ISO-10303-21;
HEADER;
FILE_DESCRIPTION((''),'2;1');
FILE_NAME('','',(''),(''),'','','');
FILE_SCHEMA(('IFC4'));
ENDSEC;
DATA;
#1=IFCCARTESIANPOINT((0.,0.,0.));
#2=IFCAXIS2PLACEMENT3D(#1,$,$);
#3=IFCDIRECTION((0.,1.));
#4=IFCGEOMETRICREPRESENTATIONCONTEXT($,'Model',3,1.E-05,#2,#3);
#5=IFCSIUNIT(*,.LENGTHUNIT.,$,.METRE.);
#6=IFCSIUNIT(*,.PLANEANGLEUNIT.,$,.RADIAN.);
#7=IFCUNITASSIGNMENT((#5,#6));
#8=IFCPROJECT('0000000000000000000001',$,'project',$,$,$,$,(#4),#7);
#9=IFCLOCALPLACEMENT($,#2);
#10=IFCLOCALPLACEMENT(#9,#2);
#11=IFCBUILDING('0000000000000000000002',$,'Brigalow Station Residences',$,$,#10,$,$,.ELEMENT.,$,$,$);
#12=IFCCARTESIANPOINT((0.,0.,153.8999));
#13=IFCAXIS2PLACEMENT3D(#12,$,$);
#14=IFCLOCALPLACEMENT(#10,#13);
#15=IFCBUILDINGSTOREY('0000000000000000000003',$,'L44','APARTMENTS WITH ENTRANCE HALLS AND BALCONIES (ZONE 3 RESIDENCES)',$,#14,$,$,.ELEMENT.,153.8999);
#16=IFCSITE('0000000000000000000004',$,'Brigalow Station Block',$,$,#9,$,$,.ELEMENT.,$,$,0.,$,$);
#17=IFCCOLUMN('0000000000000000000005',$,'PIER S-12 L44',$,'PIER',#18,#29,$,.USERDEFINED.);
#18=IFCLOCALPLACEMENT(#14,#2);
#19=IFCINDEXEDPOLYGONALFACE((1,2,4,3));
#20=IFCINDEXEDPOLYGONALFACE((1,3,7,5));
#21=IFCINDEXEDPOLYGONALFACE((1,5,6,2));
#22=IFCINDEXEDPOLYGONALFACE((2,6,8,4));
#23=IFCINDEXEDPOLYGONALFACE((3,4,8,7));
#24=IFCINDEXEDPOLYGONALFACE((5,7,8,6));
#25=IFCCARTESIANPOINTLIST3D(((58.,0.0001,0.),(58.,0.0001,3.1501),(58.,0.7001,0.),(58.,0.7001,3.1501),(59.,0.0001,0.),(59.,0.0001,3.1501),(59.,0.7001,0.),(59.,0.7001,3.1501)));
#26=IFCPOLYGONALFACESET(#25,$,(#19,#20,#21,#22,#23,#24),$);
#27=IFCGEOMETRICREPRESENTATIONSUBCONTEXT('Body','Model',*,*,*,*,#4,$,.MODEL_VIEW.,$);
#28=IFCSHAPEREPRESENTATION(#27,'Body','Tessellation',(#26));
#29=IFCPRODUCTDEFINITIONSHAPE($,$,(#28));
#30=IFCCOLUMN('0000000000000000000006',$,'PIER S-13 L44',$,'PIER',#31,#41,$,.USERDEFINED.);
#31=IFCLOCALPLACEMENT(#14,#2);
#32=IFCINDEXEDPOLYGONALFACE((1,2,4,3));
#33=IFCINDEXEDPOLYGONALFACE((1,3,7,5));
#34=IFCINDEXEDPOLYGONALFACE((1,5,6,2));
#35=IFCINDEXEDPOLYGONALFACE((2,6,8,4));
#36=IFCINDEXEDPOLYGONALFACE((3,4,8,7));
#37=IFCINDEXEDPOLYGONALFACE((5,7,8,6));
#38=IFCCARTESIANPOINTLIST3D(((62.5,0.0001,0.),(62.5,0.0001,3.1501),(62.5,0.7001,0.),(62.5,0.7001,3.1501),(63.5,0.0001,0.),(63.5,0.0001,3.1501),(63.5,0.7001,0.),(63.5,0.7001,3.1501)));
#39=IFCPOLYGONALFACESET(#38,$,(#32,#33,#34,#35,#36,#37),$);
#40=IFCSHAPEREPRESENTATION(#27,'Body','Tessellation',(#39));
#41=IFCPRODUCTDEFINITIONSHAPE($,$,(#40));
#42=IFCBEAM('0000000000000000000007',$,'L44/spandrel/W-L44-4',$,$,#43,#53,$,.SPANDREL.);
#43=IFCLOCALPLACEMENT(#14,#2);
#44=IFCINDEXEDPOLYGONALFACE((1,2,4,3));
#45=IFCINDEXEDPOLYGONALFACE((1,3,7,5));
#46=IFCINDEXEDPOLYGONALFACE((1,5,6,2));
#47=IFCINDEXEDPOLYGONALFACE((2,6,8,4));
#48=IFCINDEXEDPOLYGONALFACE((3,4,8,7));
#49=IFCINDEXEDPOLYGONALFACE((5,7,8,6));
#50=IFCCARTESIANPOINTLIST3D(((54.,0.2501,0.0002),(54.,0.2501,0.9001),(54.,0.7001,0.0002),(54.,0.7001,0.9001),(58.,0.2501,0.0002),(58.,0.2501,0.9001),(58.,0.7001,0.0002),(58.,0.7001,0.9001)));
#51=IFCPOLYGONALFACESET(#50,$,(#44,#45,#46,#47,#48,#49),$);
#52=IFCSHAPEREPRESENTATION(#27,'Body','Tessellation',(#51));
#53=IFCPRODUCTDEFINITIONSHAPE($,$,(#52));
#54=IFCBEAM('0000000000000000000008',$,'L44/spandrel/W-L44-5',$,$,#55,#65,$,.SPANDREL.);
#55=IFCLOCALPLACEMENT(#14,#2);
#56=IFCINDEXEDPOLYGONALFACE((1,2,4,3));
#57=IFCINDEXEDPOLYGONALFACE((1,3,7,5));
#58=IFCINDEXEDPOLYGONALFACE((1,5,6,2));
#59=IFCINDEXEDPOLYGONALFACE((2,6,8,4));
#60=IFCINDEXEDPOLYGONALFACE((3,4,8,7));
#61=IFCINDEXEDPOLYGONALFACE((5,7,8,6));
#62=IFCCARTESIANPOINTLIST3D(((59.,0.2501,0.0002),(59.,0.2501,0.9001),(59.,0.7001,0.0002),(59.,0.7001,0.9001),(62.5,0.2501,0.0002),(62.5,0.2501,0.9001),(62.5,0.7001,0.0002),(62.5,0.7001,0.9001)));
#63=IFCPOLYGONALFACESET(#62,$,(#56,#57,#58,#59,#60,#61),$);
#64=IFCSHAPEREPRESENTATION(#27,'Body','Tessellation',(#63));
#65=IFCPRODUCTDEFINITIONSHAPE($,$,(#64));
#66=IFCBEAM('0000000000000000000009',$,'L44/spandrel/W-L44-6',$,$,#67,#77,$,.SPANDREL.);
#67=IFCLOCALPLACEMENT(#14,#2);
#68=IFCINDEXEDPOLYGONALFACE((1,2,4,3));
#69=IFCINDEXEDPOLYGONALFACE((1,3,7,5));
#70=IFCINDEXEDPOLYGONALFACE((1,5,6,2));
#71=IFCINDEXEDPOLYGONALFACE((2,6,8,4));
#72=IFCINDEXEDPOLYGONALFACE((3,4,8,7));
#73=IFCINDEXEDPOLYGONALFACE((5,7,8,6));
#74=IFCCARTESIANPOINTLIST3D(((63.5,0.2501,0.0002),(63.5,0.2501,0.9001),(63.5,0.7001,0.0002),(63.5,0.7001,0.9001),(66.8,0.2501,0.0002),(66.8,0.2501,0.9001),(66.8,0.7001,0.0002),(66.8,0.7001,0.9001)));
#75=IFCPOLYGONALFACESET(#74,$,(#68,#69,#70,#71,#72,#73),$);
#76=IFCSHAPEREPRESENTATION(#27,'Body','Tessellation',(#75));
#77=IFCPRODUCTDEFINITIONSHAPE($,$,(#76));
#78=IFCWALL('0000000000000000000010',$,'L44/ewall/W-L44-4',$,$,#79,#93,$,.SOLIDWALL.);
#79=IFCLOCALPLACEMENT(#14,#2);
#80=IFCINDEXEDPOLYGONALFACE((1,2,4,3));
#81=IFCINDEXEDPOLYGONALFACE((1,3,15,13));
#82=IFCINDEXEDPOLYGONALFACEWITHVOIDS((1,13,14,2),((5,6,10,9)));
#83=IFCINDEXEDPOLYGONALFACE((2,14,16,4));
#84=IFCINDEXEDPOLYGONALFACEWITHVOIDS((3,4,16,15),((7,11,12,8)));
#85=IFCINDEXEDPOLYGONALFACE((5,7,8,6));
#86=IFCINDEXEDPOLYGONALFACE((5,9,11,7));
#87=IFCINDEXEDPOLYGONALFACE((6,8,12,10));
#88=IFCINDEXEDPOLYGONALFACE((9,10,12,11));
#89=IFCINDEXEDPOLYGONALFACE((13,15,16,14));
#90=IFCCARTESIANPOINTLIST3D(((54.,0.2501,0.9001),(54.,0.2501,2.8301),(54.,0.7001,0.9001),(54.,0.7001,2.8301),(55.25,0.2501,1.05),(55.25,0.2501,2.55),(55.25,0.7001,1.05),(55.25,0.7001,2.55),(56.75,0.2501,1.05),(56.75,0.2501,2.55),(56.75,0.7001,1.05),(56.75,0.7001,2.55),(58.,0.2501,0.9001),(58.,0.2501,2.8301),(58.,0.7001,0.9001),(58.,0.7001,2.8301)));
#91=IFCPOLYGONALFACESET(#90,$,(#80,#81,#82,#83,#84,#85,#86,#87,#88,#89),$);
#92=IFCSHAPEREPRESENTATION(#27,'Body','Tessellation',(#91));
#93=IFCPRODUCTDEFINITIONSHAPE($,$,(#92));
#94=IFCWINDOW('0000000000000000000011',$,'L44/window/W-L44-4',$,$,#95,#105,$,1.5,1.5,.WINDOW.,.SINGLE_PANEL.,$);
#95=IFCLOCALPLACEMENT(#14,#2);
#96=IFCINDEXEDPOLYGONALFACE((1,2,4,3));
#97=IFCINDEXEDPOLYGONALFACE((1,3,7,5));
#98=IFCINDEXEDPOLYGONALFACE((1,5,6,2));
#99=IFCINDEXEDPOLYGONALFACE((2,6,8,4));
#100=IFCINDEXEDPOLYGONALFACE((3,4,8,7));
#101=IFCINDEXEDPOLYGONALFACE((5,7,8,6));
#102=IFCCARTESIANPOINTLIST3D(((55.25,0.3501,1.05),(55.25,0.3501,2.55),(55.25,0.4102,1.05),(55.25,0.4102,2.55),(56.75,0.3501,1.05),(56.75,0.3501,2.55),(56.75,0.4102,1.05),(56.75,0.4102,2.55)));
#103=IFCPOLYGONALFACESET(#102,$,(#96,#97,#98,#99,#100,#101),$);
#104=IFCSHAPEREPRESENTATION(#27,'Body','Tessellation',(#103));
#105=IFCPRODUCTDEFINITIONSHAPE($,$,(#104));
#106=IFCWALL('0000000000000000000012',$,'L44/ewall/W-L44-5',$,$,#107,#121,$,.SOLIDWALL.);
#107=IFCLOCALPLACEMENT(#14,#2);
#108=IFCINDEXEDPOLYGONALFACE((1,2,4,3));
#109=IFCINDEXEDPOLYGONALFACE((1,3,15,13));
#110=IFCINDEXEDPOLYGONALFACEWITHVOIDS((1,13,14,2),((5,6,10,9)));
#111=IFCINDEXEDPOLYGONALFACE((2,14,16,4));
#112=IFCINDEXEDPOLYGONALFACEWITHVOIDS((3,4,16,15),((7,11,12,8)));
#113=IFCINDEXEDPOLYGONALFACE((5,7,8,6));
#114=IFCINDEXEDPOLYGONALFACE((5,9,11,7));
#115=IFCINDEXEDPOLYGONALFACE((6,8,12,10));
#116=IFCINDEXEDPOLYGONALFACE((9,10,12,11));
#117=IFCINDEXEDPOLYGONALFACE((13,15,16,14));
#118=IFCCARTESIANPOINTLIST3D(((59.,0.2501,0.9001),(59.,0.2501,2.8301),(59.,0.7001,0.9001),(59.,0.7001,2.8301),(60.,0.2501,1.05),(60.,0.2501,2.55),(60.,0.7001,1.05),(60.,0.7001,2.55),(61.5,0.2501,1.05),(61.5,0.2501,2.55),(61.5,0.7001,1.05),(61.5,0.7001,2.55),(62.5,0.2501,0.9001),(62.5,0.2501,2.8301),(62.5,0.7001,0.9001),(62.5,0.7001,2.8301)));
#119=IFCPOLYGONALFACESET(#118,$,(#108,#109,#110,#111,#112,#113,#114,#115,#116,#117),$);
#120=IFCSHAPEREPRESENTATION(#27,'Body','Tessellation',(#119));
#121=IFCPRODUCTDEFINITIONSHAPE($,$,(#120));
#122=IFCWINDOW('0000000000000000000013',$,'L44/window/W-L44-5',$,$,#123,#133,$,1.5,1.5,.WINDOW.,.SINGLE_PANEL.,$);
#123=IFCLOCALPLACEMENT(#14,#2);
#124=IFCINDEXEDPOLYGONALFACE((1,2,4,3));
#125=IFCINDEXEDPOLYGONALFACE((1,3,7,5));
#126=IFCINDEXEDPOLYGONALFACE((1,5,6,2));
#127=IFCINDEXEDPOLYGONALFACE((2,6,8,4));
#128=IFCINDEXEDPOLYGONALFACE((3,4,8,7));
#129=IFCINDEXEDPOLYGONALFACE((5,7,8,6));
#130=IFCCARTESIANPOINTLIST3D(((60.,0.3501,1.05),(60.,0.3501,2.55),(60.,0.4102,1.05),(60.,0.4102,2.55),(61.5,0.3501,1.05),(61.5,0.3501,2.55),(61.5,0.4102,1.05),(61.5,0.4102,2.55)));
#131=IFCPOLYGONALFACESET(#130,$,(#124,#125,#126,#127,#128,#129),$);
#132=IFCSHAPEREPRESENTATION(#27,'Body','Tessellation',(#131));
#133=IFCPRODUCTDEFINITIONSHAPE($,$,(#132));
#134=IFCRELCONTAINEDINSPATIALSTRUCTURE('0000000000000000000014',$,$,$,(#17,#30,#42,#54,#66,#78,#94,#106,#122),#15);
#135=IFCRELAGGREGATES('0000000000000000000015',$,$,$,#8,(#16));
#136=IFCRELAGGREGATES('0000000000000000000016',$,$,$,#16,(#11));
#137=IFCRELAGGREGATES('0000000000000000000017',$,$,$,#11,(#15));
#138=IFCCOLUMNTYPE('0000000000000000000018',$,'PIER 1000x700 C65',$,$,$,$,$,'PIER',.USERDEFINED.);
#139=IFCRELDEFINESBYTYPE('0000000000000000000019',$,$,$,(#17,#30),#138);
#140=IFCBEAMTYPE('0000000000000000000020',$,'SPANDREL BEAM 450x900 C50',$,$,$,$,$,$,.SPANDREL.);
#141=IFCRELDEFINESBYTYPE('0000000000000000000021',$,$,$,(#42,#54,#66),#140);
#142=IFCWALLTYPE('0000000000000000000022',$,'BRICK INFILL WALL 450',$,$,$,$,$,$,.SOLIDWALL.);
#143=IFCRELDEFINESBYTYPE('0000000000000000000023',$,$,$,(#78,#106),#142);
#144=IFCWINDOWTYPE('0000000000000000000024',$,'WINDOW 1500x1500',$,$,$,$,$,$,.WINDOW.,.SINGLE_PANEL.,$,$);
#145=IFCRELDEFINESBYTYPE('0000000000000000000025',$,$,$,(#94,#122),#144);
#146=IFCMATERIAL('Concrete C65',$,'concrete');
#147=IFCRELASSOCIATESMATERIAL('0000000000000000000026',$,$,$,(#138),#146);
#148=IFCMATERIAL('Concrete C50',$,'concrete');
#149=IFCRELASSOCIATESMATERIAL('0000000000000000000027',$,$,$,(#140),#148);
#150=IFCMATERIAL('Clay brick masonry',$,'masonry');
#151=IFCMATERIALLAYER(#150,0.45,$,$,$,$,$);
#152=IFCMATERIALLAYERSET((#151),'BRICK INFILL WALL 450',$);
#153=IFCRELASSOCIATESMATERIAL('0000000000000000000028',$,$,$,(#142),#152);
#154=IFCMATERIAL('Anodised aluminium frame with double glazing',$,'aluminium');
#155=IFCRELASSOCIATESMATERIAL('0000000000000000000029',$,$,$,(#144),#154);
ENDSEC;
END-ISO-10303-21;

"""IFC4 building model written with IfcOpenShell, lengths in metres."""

from ifc_helpers import new_model, si_unit, direction, frame, frame_2d, origin, origin_2d, place, context, subcontext, project, spatial, rectangle, extrude, material, layer, layer_set, material_profile, profile_set, type_object, element, fill, save


model = new_model("IFC4")

# Units and contexts
model_context = context("Model", 3, precision=1e-05, world=origin(), true_north=direction((0.0, 1.0)))
body_context = subcontext(model_context, "Body", "Model", "MODEL_VIEW")
ifc_project = project(units=[si_unit("LENGTHUNIT", "METRE"), si_unit("PLANEANGLEUNIT", "RADIAN")], contexts=[model_context])

# Site, building, storey
site_placement = place(None, origin())
site = spatial("IfcSite", under=ifc_project, at=site_placement, Name="Brigalow Station Block", CompositionType="ELEMENT", RefElevation=0.0)
building_placement = place(site_placement, origin())
building = spatial("IfcBuilding", under=site, at=building_placement, Name="Brigalow Station Residences", CompositionType="ELEMENT")
storey_placement = place(building_placement, frame((0.0, 0.0, 153.8999)))
storey = spatial("IfcBuildingStorey", under=building, at=storey_placement, Name="L44", Description="APARTMENTS WITH ENTRANCE HALLS AND BALCONIES (ZONE 3 RESIDENCES)", CompositionType="ELEMENT", Elevation=153.8999)

# Columns
ifc_material_1 = material(Name="Concrete C65", Category="concrete")
ifc_material_profile_1 = material_profile(ifc_material_1, rectangle(XDim=1.0, YDim=0.7, at=origin_2d()), Name="RC1000x700")
ifc_profile_set_1 = profile_set([ifc_material_profile_1], Name="Concrete C65")
column_type = type_object("IfcColumnType", Name="PIER 1000x700 C65", ElementType="PIER", PredefinedType="USERDEFINED", material=ifc_profile_set_1)
for number, where, z_axis, x_axis, name in (
    (1, (58.5, 0.3501, 0.0), (0.0, 0.0, 1.0), (1.0, 0.0, 0.0), "PIER S-12 L44"),
    (2, (63.0, 0.3501, 0.0), (0.0, 0.0, 1.0), (1.0, 0.0, 0.0), "PIER S-13 L44"),
):
    element("IfcColumn", number, at=place(storey_placement, frame(where, z_axis=z_axis, x_axis=x_axis)), inside=storey, type_object=column_type, Name=name, ObjectType="PIER", PredefinedType="USERDEFINED", context=body_context, shape_type="SweptSolid", body=[
        extrude(rectangle(XDim=1.0, YDim=0.7, at=origin_2d()), origin(), (0.0, 0.0, 1.0), 3.1501),
    ])

# Beams
ifc_material_2 = material(Name="Concrete C50", Category="concrete")
ifc_material_profile_2 = material_profile(ifc_material_2, rectangle(XDim=0.45, YDim=0.8999, at=origin_2d()), Name="RC450x900")
ifc_profile_set_2 = profile_set([ifc_material_profile_2], Name="Concrete C50")
beam_type = type_object("IfcBeamType", Name="SPANDREL BEAM 450x900 C50", PredefinedType="SPANDREL", material=ifc_profile_set_2)
beam_1_placement = place(storey_placement, frame((54.0, 0.4751, 0.4502), z_axis=(1.0, 0.0, 0.0), x_axis=(0.0, 1.0, 0.0)))
element("IfcBeam", 3, at=beam_1_placement, inside=storey, type_object=beam_type, Name="L44/spandrel/W-L44-4", PredefinedType="SPANDREL", context=body_context, shape_type="SweptSolid", body=[
    extrude(rectangle(XDim=0.45, YDim=0.8999, at=origin_2d()), origin(), (0.0, 0.0, 1.0), 4.0),
])
beam_2_placement = place(storey_placement, frame((59.0, 0.4751, 0.4502), z_axis=(1.0, 0.0, 0.0), x_axis=(0.0, 1.0, 0.0)))
element("IfcBeam", 4, at=beam_2_placement, inside=storey, type_object=beam_type, Name="L44/spandrel/W-L44-5", PredefinedType="SPANDREL", context=body_context, shape_type="SweptSolid", body=[
    extrude(rectangle(XDim=0.45, YDim=0.8999, at=origin_2d()), origin(), (0.0, 0.0, 1.0), 3.5),
])
beam_3_placement = place(storey_placement, frame((63.5, 0.4751, 0.4502), z_axis=(1.0, 0.0, 0.0), x_axis=(0.0, 1.0, 0.0)))
element("IfcBeam", 5, at=beam_3_placement, inside=storey, type_object=beam_type, Name="L44/spandrel/W-L44-6", PredefinedType="SPANDREL", context=body_context, shape_type="SweptSolid", body=[
    extrude(rectangle(XDim=0.45, YDim=0.8999, at=origin_2d()), origin(), (0.0, 0.0, 1.0), 3.3),
])

# Walls, openings, windows
ifc_material_3 = material(Name="Clay brick masonry", Category="masonry")
ifc_layer_1 = layer(ifc_material_3, 0.45)
ifc_layer_set_1 = layer_set([ifc_layer_1], Name="BRICK INFILL WALL 450")
wall_type_1 = type_object("IfcWallType", Name="BRICK INFILL WALL 450", PredefinedType="SOLIDWALL", material=ifc_layer_set_1)
wall_1_placement = place(storey_placement, frame((54.0, 0.4751, 0.9001), z_axis=(0.0, 0.0, 1.0), x_axis=(1.0, 0.0, 0.0)))
wall_1 = element("IfcWall", 6, at=wall_1_placement, inside=storey, type_object=wall_type_1, Name="L44/ewall/W-L44-4", PredefinedType="SOLIDWALL", context=body_context, shape_type="SweptSolid", body=[
    extrude(rectangle(XDim=4.0, YDim=0.45, at=frame_2d((2.0, 0.0))), origin(), (0.0, 0.0, 1.0), 1.9299),
])
opening_1_placement = place(wall_1_placement, frame((1.25, 0.0, 0.1499)))
opening_1 = element("IfcOpeningElement", 7, at=opening_1_placement, cuts=wall_1, PredefinedType="OPENING", context=body_context, shape_type="SweptSolid", body=[
    extrude(rectangle(XDim=1.5, YDim=1.5, at=frame_2d((0.75, 0.75))), frame((0.0, 0.2349, 0.0), z_axis=(0.0, -1.0, 0.0), x_axis=(1.0, 0.0, 0.0)), (0.0, 0.0, 1.0), 0.47),
])
ifc_material_4 = material(Name="Anodised aluminium frame with double glazing", Category="aluminium")
window_type = type_object("IfcWindowType", Name="WINDOW 1500x1500", PartitioningType="SINGLE_PANEL", PredefinedType="WINDOW", material=ifc_material_4)
window_1_placement = place(opening_1_placement, origin())
window_1 = element("IfcWindow", 8, at=window_1_placement, inside=storey, type_object=window_type, Name="L44/window/W-L44-4", OverallHeight=1.5, OverallWidth=1.5, PartitioningType="SINGLE_PANEL", PredefinedType="WINDOW", context=body_context, shape_type="SweptSolid", body=[
    extrude(rectangle(XDim=1.5, YDim=1.5, at=frame_2d((0.75, 0.75))), frame((0.0, -0.0649, 0.0), z_axis=(0.0, -1.0, 0.0), x_axis=(1.0, 0.0, 0.0)), (0.0, 0.0, 1.0), 0.0601),
])
fill(opening_1, window_1)
wall_2_placement = place(storey_placement, frame((59.0, 0.4751, 0.9001), z_axis=(0.0, 0.0, 1.0), x_axis=(1.0, 0.0, 0.0)))
wall_2 = element("IfcWall", 9, at=wall_2_placement, inside=storey, type_object=wall_type_1, Name="L44/ewall/W-L44-5", PredefinedType="SOLIDWALL", context=body_context, shape_type="SweptSolid", body=[
    extrude(rectangle(XDim=3.5, YDim=0.45, at=frame_2d((1.75, 0.0))), origin(), (0.0, 0.0, 1.0), 1.9299),
])
opening_2_placement = place(wall_2_placement, frame((1.0, 0.0, 0.1499)))
opening_2 = element("IfcOpeningElement", 10, at=opening_2_placement, cuts=wall_2, PredefinedType="OPENING", context=body_context, shape_type="SweptSolid", body=[
    extrude(rectangle(XDim=1.5, YDim=1.5, at=frame_2d((0.75, 0.75))), frame((0.0, 0.2349, 0.0), z_axis=(0.0, -1.0, 0.0), x_axis=(1.0, 0.0, 0.0)), (0.0, 0.0, 1.0), 0.47),
])
window_2_placement = place(opening_2_placement, origin())
window_2 = element("IfcWindow", 11, at=window_2_placement, inside=storey, type_object=window_type, Name="L44/window/W-L44-5", OverallHeight=1.5, OverallWidth=1.5, PartitioningType="SINGLE_PANEL", PredefinedType="WINDOW", context=body_context, shape_type="SweptSolid", body=[
    extrude(rectangle(XDim=1.5, YDim=1.5, at=frame_2d((0.75, 0.75))), frame((0.0, -0.0649, 0.0), z_axis=(0.0, -1.0, 0.0), x_axis=(1.0, 0.0, 0.0)), (0.0, 0.0, 1.0), 0.0601),
])
fill(opening_2, window_2)

save(model, "model.ifc")
